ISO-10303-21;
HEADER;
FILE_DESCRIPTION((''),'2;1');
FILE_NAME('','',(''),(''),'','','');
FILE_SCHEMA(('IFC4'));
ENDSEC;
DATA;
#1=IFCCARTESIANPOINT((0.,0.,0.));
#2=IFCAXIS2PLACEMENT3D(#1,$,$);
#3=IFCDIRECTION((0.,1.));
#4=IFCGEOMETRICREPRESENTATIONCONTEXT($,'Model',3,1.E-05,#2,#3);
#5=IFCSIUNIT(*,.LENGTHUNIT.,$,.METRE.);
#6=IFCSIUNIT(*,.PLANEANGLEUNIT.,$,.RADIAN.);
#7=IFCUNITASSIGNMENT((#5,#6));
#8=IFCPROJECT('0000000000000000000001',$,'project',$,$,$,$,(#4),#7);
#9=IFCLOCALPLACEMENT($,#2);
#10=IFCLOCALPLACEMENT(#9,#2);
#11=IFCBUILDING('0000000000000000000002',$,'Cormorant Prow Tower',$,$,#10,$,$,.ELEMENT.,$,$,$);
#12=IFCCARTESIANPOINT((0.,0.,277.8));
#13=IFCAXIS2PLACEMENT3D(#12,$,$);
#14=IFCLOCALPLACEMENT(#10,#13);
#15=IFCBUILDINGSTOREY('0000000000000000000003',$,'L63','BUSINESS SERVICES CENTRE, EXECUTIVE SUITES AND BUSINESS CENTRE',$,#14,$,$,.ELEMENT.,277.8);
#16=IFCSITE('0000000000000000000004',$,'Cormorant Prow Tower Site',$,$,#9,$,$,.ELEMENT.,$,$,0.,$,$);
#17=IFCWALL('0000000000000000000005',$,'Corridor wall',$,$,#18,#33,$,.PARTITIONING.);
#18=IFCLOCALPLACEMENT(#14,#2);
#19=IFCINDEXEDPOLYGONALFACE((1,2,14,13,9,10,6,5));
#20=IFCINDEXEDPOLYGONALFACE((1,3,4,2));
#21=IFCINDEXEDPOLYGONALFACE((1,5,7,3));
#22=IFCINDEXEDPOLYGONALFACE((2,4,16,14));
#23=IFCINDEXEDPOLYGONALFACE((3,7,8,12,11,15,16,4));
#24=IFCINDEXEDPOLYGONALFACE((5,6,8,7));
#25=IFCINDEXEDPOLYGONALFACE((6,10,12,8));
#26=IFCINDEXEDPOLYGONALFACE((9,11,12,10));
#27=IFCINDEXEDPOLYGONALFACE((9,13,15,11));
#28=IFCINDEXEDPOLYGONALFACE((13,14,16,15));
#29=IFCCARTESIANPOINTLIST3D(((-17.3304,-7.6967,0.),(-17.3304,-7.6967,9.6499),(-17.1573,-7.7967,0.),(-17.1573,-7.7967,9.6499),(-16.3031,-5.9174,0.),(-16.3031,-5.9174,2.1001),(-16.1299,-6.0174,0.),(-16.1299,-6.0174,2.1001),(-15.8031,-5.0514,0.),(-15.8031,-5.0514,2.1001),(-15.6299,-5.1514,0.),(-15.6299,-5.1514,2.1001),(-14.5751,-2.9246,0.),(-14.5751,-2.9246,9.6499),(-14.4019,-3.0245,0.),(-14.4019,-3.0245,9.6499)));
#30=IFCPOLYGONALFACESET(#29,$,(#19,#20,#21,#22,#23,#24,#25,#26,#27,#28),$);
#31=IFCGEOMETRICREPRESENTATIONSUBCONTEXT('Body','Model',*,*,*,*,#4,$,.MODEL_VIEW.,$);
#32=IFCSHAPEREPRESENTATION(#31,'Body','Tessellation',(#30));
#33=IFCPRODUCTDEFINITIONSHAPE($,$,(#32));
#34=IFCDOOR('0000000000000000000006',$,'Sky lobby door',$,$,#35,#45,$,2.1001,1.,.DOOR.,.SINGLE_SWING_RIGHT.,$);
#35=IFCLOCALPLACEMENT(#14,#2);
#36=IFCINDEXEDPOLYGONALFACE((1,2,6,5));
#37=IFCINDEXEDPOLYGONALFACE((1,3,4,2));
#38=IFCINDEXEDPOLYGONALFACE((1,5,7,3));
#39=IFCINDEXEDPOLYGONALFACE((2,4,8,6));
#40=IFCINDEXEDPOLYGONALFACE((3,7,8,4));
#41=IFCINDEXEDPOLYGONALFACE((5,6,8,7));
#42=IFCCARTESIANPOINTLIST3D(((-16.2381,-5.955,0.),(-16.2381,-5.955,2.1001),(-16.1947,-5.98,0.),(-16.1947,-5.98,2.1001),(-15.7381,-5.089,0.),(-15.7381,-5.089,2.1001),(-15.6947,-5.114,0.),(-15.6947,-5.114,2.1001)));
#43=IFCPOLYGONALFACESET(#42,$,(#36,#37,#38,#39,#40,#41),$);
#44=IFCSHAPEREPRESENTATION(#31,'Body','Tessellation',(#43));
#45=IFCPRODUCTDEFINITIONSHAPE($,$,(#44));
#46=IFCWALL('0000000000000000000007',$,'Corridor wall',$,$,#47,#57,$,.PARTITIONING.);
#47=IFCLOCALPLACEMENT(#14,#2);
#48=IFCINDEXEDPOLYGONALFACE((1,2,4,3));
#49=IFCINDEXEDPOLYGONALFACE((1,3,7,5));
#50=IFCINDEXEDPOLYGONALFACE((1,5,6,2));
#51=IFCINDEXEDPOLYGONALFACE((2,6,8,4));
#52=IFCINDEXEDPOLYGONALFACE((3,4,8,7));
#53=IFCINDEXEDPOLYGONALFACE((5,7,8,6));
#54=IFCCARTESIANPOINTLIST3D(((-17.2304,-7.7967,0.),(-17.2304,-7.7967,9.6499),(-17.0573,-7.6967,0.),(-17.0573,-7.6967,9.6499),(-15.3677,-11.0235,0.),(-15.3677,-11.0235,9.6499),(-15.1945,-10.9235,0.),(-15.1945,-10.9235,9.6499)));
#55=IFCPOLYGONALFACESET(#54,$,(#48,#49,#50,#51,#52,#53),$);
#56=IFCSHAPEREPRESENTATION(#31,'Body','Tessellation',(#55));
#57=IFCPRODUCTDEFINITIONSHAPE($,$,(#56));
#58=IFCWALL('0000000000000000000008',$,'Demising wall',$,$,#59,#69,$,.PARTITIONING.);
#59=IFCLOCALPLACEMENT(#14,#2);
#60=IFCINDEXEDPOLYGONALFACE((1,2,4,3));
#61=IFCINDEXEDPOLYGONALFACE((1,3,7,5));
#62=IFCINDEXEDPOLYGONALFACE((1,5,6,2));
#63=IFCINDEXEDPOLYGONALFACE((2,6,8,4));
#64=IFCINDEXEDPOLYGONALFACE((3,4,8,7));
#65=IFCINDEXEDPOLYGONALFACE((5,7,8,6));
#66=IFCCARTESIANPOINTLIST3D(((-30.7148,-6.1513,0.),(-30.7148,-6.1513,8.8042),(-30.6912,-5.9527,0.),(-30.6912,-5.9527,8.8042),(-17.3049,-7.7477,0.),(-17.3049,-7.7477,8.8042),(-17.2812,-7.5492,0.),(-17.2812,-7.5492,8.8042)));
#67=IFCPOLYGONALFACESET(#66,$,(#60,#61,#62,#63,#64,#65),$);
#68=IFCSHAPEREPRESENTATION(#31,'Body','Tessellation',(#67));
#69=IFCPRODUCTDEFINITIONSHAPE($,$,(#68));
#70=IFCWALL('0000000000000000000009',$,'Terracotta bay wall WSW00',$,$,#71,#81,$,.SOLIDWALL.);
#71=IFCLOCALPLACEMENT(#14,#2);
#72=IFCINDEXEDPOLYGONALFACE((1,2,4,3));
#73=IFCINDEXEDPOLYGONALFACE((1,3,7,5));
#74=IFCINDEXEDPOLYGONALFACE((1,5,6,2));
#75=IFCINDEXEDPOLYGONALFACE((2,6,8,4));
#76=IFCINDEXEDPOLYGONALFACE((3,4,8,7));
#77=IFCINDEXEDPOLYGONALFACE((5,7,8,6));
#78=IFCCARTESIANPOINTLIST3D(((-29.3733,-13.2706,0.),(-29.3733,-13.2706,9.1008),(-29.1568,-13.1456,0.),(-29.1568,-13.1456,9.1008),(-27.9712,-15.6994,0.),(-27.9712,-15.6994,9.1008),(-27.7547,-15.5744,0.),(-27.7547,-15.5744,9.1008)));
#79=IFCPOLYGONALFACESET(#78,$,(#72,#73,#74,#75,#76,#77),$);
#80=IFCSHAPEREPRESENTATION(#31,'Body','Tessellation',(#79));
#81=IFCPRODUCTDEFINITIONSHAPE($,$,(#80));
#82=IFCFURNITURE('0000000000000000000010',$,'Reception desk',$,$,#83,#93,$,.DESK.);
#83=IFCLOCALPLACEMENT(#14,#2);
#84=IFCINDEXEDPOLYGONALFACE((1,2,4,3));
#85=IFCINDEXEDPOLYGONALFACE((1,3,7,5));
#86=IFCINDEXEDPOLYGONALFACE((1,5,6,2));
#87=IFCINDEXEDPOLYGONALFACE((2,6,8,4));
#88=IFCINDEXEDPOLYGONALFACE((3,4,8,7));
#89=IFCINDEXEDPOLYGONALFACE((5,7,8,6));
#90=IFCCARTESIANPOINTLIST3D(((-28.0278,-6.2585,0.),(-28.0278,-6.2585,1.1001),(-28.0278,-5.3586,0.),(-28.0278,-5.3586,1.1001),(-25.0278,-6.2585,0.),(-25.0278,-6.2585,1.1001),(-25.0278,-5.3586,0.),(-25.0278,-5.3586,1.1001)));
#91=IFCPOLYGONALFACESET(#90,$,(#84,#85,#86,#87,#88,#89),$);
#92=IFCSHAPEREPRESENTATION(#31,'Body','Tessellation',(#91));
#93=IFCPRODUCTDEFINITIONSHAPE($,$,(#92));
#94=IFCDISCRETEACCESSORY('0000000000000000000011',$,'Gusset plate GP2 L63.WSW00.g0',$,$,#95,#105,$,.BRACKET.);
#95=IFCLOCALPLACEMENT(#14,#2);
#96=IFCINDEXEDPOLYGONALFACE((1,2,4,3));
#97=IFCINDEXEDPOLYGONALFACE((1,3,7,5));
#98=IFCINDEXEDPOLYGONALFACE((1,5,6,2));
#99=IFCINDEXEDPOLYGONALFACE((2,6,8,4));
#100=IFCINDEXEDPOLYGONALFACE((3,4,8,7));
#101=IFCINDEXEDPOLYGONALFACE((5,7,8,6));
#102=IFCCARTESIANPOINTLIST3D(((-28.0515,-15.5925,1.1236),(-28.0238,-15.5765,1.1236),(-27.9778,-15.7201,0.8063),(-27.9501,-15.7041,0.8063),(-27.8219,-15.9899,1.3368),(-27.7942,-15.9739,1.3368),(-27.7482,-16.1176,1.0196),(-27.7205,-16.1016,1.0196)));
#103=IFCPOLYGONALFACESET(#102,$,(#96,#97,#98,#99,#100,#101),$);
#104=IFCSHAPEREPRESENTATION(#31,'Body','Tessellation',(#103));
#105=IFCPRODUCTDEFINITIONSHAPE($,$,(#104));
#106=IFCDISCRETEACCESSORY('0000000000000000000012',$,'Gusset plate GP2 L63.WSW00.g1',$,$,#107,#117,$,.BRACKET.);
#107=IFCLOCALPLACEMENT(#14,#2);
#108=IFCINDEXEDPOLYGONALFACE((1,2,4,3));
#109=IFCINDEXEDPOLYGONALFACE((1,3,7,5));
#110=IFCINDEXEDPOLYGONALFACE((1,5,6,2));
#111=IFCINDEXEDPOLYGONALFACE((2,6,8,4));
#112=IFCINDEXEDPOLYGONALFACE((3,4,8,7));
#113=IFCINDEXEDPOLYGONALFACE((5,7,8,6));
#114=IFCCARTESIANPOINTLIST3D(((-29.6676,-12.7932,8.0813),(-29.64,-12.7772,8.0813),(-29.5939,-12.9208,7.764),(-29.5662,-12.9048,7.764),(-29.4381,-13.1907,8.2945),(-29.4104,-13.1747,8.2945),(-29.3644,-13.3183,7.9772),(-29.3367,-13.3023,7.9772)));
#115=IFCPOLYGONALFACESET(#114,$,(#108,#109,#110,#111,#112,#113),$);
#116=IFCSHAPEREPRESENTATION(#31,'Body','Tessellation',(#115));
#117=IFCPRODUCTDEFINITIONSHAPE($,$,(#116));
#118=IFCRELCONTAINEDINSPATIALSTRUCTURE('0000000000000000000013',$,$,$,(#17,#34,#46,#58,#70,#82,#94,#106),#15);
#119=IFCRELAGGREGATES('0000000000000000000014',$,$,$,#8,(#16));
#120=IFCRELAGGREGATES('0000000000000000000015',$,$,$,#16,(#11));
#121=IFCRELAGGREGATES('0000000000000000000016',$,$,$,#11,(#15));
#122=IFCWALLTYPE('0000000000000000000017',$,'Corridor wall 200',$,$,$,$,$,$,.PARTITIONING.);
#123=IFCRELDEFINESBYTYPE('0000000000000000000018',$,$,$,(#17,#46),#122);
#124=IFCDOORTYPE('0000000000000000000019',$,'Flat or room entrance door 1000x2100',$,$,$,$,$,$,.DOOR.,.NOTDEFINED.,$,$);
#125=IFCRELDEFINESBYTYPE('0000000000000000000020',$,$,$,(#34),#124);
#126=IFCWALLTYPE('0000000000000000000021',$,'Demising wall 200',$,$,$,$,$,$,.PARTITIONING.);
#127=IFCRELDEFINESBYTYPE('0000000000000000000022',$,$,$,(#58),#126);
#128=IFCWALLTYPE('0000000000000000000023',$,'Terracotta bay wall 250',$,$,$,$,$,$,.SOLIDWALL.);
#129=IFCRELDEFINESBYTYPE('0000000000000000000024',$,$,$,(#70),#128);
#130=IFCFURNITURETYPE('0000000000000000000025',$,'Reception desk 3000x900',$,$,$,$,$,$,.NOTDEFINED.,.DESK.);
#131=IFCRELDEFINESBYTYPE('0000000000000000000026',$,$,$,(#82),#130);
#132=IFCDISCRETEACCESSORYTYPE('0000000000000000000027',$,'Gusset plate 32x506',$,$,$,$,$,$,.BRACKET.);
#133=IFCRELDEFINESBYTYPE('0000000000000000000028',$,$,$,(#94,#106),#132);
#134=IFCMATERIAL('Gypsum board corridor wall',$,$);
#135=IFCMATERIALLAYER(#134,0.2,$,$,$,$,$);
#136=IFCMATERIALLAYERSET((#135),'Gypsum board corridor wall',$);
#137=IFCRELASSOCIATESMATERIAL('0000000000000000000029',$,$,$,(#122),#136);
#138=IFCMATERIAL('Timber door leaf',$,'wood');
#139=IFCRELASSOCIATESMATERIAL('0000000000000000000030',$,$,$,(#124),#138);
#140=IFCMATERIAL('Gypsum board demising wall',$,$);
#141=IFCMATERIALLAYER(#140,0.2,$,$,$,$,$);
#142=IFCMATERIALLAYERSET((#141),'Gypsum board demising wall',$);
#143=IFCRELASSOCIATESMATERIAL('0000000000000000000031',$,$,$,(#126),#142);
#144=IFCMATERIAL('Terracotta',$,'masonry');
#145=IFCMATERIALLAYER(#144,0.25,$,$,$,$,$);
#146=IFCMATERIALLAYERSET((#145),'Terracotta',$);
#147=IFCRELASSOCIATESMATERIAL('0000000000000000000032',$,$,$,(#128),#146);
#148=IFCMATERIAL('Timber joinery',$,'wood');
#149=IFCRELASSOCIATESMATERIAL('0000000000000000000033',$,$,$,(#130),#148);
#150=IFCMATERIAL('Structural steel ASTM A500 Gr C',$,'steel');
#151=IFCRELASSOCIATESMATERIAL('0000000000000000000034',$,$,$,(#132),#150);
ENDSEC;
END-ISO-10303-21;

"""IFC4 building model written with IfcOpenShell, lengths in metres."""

from ifc_helpers import new_model, si_unit, direction, frame, frame_2d, origin, origin_2d, place, context, subcontext, project, spatial, rectangle, extrude, material, layer, layer_set, material_profile, profile_set, type_object, element, fill, save


model = new_model("IFC4")

# Units and contexts
model_context = context("Model", 3, precision=1e-05, world=origin(), true_north=direction((0.0, 1.0)))
body_context = subcontext(model_context, "Body", "Model", "MODEL_VIEW")
ifc_project = project(units=[si_unit("LENGTHUNIT", "METRE"), si_unit("PLANEANGLEUNIT", "RADIAN")], contexts=[model_context])

# Site, building, storey
site_placement = place(None, origin())
site = spatial("IfcSite", under=ifc_project, at=site_placement, Name="Cormorant Prow Tower Site", CompositionType="ELEMENT", RefElevation=0.0)
building_placement = place(site_placement, origin())
building = spatial("IfcBuilding", under=site, at=building_placement, Name="Cormorant Prow Tower", CompositionType="ELEMENT")
storey_placement = place(building_placement, frame((0.0, 0.0, 277.8)))
storey = spatial("IfcBuildingStorey", under=building, at=storey_placement, Name="L63", Description="BUSINESS SERVICES CENTRE, EXECUTIVE SUITES AND BUSINESS CENTRE", CompositionType="ELEMENT", Elevation=277.8)

# Wall, opening, door
ifc_material_1 = material(Name="Gypsum board corridor wall")
ifc_layer_1 = layer(ifc_material_1, 0.2)
ifc_layer_set_1 = layer_set([ifc_layer_1], Name="Gypsum board corridor wall")
wall_type_1 = type_object("IfcWallType", Name="Corridor wall 200", PredefinedType="PARTITIONING", material=ifc_layer_set_1)
wall_1_placement = place(storey_placement, frame((-17.2439, -7.7468, 0.0), z_axis=(0.0, 0.0, 1.0), x_axis=(0.500018, 0.866015, 0.0)))
wall_1 = element("IfcWall", 1, at=wall_1_placement, inside=storey, type_object=wall_type_1, Name="Corridor wall", PredefinedType="PARTITIONING", context=body_context, shape_type="SweptSolid", body=[
    extrude(rectangle(XDim=5.5105, YDim=0.2, at=frame_2d((2.7554, 0.0))), origin(), (0.0, 0.0, 1.0), 9.6499),
])
opening_placement = place(wall_1_placement, frame((2.0547, 0.0, 0.0)))
opening = element("IfcOpeningElement", 2, at=opening_placement, cuts=wall_1, PredefinedType="OPENING", context=body_context, shape_type="SweptSolid", body=[
    extrude(rectangle(XDim=1.0, YDim=2.1001, at=frame_2d((0.5, 1.05))), frame((0.0, 0.1099, 0.0), z_axis=(0.0, -1.0, 0.0), x_axis=(1.0, 0.0, 0.0)), (0.0, 0.0, 1.0), 0.22),
])
ifc_material_2 = material(Name="Timber door leaf", Category="wood")
door_type = type_object("IfcDoorType", Name="Flat or room entrance door 1000x2100", OperationType="NOTDEFINED", PredefinedType="DOOR", material=ifc_material_2)
door_placement = place(opening_placement, origin())
door = element("IfcDoor", 3, at=door_placement, inside=storey, type_object=door_type, Name="Sky lobby door", OperationType="SINGLE_SWING_RIGHT", OverallHeight=2.1001, OverallWidth=1.0, PredefinedType="DOOR", context=body_context, shape_type="SweptSolid", body=[
    extrude(rectangle(XDim=1.0, YDim=2.1001, at=frame_2d((0.5, 1.05))), frame((0.0, 0.0249, 0.0), z_axis=(0.0, -1.0, 0.0), x_axis=(1.0, 0.0, 0.0)), (0.0, 0.0, 1.0), 0.05),
])
fill(opening, door)

# Walls
wall_2_placement = place(storey_placement, frame((-17.1438, -7.7468, 0.0), z_axis=(0.0, 0.0, 1.0), x_axis=(0.499959, -0.866049, 0.0)))
element("IfcWall", 4, at=wall_2_placement, inside=storey, type_object=wall_type_1, Name="Corridor wall", PredefinedType="PARTITIONING", context=body_context, shape_type="SweptSolid", body=[
    extrude(rectangle(XDim=3.7258, YDim=0.2, at=frame_2d((1.8628, 0.0))), origin(), (0.0, 0.0, 1.0), 9.6499),
])
ifc_material_3 = material(Name="Gypsum board demising wall")
ifc_layer_2 = layer(ifc_material_3, 0.2)
ifc_layer_set_2 = layer_set([ifc_layer_2], Name="Gypsum board demising wall")
wall_type_2 = type_object("IfcWallType", Name="Demising wall 200", PredefinedType="PARTITIONING", material=ifc_layer_set_2)
wall_3_placement = place(storey_placement, frame((-30.7031, -6.052, 0.0), z_axis=(0.0, 0.0, 1.0), x_axis=(0.992988, -0.118214, 0.0)))
element("IfcWall", 5, at=wall_3_placement, inside=storey, type_object=wall_type_2, Name="Demising wall", PredefinedType="PARTITIONING", context=body_context, shape_type="SweptSolid", body=[
    extrude(rectangle(XDim=13.5046, YDim=0.2, at=frame_2d((6.7524, 0.0))), origin(), (0.0, 0.0, 1.0), 8.8042),
])
ifc_material_4 = material(Name="Terracotta", Category="masonry")
ifc_layer_3 = layer(ifc_material_4, 0.25)
ifc_layer_set_3 = layer_set([ifc_layer_3], Name="Terracotta")
wall_type_3 = type_object("IfcWallType", Name="Terracotta bay wall 250", PredefinedType="SOLIDWALL", material=ifc_layer_set_3)
wall_4_placement = place(storey_placement, frame((-29.2651, -13.208, 0.0), z_axis=(0.0, 0.0, 1.0), x_axis=(0.499969, -0.866044, 0.0)))
element("IfcWall", 6, at=wall_4_placement, inside=storey, type_object=wall_type_3, Name="Terracotta bay wall WSW00", PredefinedType="SOLIDWALL", context=body_context, shape_type="SweptSolid", body=[
    extrude(rectangle(XDim=2.8044, YDim=0.25, at=frame_2d((1.4023, 0.0))), origin(), (0.0, 0.0, 1.0), 9.1008),
])

# Furniture
ifc_material_5 = material(Name="Timber joinery", Category="wood")
furniture_type = type_object("IfcFurnitureType", Name="Reception desk 3000x900", AssemblyPlace="NOTDEFINED", PredefinedType="DESK", material=ifc_material_5)
furniture_placement = place(storey_placement, frame((-26.5278, -5.8086, 0.0), z_axis=(0.0, 0.0, 1.0), x_axis=(1.0, 0.0, 0.0)))
element("IfcFurniture", 7, at=furniture_placement, inside=storey, type_object=furniture_type, Name="Reception desk", PredefinedType="DESK", context=body_context, shape_type="SweptSolid", body=[
    extrude(rectangle(XDim=3.0, YDim=0.8999, at=origin_2d()), origin(), (0.0, 0.0, 1.0), 1.1001),
])

# Discrete accessories
ifc_material_6 = material(Name="Structural steel ASTM A500 Gr C", Category="steel")
ifc_material_profile_1 = material_profile(ifc_material_6, rectangle(XDim=0.032, YDim=0.5061, at=origin_2d()), Name="Gusset plate 32x506")
ifc_profile_set_1 = profile_set([ifc_material_profile_1], Name="Structural steel ASTM A500 Gr C")
discrete_accessory_type = type_object("IfcDiscreteAccessoryType", Name="Gusset plate 32x506", PredefinedType="BRACKET", material=ifc_profile_set_1)
for number, where, z_axis, x_axis, name in (
    (8, (-27.9229, -15.7832, 1.2302), (0.210683, -0.364858, -0.906913), (0.865993, 0.500057, 0.0), "Gusset plate GP2 L63.WSW00.g0"),
    (9, (-29.4653, -13.1116, 7.8706), (-0.210683, 0.364858, 0.906913), (-0.865993, -0.500057, 0.0), "Gusset plate GP2 L63.WSW00.g1"),
):
    element("IfcDiscreteAccessory", number, at=place(storey_placement, frame(where, z_axis=z_axis, x_axis=x_axis)), inside=storey, type_object=discrete_accessory_type, Name=name, PredefinedType="BRACKET", context=body_context, shape_type="SweptSolid", body=[
        extrude(rectangle(XDim=0.032, YDim=0.5061, at=origin_2d()), origin(), (0.0, 0.0, 1.0), 0.3499),
    ])

save(model, "model.ifc")
